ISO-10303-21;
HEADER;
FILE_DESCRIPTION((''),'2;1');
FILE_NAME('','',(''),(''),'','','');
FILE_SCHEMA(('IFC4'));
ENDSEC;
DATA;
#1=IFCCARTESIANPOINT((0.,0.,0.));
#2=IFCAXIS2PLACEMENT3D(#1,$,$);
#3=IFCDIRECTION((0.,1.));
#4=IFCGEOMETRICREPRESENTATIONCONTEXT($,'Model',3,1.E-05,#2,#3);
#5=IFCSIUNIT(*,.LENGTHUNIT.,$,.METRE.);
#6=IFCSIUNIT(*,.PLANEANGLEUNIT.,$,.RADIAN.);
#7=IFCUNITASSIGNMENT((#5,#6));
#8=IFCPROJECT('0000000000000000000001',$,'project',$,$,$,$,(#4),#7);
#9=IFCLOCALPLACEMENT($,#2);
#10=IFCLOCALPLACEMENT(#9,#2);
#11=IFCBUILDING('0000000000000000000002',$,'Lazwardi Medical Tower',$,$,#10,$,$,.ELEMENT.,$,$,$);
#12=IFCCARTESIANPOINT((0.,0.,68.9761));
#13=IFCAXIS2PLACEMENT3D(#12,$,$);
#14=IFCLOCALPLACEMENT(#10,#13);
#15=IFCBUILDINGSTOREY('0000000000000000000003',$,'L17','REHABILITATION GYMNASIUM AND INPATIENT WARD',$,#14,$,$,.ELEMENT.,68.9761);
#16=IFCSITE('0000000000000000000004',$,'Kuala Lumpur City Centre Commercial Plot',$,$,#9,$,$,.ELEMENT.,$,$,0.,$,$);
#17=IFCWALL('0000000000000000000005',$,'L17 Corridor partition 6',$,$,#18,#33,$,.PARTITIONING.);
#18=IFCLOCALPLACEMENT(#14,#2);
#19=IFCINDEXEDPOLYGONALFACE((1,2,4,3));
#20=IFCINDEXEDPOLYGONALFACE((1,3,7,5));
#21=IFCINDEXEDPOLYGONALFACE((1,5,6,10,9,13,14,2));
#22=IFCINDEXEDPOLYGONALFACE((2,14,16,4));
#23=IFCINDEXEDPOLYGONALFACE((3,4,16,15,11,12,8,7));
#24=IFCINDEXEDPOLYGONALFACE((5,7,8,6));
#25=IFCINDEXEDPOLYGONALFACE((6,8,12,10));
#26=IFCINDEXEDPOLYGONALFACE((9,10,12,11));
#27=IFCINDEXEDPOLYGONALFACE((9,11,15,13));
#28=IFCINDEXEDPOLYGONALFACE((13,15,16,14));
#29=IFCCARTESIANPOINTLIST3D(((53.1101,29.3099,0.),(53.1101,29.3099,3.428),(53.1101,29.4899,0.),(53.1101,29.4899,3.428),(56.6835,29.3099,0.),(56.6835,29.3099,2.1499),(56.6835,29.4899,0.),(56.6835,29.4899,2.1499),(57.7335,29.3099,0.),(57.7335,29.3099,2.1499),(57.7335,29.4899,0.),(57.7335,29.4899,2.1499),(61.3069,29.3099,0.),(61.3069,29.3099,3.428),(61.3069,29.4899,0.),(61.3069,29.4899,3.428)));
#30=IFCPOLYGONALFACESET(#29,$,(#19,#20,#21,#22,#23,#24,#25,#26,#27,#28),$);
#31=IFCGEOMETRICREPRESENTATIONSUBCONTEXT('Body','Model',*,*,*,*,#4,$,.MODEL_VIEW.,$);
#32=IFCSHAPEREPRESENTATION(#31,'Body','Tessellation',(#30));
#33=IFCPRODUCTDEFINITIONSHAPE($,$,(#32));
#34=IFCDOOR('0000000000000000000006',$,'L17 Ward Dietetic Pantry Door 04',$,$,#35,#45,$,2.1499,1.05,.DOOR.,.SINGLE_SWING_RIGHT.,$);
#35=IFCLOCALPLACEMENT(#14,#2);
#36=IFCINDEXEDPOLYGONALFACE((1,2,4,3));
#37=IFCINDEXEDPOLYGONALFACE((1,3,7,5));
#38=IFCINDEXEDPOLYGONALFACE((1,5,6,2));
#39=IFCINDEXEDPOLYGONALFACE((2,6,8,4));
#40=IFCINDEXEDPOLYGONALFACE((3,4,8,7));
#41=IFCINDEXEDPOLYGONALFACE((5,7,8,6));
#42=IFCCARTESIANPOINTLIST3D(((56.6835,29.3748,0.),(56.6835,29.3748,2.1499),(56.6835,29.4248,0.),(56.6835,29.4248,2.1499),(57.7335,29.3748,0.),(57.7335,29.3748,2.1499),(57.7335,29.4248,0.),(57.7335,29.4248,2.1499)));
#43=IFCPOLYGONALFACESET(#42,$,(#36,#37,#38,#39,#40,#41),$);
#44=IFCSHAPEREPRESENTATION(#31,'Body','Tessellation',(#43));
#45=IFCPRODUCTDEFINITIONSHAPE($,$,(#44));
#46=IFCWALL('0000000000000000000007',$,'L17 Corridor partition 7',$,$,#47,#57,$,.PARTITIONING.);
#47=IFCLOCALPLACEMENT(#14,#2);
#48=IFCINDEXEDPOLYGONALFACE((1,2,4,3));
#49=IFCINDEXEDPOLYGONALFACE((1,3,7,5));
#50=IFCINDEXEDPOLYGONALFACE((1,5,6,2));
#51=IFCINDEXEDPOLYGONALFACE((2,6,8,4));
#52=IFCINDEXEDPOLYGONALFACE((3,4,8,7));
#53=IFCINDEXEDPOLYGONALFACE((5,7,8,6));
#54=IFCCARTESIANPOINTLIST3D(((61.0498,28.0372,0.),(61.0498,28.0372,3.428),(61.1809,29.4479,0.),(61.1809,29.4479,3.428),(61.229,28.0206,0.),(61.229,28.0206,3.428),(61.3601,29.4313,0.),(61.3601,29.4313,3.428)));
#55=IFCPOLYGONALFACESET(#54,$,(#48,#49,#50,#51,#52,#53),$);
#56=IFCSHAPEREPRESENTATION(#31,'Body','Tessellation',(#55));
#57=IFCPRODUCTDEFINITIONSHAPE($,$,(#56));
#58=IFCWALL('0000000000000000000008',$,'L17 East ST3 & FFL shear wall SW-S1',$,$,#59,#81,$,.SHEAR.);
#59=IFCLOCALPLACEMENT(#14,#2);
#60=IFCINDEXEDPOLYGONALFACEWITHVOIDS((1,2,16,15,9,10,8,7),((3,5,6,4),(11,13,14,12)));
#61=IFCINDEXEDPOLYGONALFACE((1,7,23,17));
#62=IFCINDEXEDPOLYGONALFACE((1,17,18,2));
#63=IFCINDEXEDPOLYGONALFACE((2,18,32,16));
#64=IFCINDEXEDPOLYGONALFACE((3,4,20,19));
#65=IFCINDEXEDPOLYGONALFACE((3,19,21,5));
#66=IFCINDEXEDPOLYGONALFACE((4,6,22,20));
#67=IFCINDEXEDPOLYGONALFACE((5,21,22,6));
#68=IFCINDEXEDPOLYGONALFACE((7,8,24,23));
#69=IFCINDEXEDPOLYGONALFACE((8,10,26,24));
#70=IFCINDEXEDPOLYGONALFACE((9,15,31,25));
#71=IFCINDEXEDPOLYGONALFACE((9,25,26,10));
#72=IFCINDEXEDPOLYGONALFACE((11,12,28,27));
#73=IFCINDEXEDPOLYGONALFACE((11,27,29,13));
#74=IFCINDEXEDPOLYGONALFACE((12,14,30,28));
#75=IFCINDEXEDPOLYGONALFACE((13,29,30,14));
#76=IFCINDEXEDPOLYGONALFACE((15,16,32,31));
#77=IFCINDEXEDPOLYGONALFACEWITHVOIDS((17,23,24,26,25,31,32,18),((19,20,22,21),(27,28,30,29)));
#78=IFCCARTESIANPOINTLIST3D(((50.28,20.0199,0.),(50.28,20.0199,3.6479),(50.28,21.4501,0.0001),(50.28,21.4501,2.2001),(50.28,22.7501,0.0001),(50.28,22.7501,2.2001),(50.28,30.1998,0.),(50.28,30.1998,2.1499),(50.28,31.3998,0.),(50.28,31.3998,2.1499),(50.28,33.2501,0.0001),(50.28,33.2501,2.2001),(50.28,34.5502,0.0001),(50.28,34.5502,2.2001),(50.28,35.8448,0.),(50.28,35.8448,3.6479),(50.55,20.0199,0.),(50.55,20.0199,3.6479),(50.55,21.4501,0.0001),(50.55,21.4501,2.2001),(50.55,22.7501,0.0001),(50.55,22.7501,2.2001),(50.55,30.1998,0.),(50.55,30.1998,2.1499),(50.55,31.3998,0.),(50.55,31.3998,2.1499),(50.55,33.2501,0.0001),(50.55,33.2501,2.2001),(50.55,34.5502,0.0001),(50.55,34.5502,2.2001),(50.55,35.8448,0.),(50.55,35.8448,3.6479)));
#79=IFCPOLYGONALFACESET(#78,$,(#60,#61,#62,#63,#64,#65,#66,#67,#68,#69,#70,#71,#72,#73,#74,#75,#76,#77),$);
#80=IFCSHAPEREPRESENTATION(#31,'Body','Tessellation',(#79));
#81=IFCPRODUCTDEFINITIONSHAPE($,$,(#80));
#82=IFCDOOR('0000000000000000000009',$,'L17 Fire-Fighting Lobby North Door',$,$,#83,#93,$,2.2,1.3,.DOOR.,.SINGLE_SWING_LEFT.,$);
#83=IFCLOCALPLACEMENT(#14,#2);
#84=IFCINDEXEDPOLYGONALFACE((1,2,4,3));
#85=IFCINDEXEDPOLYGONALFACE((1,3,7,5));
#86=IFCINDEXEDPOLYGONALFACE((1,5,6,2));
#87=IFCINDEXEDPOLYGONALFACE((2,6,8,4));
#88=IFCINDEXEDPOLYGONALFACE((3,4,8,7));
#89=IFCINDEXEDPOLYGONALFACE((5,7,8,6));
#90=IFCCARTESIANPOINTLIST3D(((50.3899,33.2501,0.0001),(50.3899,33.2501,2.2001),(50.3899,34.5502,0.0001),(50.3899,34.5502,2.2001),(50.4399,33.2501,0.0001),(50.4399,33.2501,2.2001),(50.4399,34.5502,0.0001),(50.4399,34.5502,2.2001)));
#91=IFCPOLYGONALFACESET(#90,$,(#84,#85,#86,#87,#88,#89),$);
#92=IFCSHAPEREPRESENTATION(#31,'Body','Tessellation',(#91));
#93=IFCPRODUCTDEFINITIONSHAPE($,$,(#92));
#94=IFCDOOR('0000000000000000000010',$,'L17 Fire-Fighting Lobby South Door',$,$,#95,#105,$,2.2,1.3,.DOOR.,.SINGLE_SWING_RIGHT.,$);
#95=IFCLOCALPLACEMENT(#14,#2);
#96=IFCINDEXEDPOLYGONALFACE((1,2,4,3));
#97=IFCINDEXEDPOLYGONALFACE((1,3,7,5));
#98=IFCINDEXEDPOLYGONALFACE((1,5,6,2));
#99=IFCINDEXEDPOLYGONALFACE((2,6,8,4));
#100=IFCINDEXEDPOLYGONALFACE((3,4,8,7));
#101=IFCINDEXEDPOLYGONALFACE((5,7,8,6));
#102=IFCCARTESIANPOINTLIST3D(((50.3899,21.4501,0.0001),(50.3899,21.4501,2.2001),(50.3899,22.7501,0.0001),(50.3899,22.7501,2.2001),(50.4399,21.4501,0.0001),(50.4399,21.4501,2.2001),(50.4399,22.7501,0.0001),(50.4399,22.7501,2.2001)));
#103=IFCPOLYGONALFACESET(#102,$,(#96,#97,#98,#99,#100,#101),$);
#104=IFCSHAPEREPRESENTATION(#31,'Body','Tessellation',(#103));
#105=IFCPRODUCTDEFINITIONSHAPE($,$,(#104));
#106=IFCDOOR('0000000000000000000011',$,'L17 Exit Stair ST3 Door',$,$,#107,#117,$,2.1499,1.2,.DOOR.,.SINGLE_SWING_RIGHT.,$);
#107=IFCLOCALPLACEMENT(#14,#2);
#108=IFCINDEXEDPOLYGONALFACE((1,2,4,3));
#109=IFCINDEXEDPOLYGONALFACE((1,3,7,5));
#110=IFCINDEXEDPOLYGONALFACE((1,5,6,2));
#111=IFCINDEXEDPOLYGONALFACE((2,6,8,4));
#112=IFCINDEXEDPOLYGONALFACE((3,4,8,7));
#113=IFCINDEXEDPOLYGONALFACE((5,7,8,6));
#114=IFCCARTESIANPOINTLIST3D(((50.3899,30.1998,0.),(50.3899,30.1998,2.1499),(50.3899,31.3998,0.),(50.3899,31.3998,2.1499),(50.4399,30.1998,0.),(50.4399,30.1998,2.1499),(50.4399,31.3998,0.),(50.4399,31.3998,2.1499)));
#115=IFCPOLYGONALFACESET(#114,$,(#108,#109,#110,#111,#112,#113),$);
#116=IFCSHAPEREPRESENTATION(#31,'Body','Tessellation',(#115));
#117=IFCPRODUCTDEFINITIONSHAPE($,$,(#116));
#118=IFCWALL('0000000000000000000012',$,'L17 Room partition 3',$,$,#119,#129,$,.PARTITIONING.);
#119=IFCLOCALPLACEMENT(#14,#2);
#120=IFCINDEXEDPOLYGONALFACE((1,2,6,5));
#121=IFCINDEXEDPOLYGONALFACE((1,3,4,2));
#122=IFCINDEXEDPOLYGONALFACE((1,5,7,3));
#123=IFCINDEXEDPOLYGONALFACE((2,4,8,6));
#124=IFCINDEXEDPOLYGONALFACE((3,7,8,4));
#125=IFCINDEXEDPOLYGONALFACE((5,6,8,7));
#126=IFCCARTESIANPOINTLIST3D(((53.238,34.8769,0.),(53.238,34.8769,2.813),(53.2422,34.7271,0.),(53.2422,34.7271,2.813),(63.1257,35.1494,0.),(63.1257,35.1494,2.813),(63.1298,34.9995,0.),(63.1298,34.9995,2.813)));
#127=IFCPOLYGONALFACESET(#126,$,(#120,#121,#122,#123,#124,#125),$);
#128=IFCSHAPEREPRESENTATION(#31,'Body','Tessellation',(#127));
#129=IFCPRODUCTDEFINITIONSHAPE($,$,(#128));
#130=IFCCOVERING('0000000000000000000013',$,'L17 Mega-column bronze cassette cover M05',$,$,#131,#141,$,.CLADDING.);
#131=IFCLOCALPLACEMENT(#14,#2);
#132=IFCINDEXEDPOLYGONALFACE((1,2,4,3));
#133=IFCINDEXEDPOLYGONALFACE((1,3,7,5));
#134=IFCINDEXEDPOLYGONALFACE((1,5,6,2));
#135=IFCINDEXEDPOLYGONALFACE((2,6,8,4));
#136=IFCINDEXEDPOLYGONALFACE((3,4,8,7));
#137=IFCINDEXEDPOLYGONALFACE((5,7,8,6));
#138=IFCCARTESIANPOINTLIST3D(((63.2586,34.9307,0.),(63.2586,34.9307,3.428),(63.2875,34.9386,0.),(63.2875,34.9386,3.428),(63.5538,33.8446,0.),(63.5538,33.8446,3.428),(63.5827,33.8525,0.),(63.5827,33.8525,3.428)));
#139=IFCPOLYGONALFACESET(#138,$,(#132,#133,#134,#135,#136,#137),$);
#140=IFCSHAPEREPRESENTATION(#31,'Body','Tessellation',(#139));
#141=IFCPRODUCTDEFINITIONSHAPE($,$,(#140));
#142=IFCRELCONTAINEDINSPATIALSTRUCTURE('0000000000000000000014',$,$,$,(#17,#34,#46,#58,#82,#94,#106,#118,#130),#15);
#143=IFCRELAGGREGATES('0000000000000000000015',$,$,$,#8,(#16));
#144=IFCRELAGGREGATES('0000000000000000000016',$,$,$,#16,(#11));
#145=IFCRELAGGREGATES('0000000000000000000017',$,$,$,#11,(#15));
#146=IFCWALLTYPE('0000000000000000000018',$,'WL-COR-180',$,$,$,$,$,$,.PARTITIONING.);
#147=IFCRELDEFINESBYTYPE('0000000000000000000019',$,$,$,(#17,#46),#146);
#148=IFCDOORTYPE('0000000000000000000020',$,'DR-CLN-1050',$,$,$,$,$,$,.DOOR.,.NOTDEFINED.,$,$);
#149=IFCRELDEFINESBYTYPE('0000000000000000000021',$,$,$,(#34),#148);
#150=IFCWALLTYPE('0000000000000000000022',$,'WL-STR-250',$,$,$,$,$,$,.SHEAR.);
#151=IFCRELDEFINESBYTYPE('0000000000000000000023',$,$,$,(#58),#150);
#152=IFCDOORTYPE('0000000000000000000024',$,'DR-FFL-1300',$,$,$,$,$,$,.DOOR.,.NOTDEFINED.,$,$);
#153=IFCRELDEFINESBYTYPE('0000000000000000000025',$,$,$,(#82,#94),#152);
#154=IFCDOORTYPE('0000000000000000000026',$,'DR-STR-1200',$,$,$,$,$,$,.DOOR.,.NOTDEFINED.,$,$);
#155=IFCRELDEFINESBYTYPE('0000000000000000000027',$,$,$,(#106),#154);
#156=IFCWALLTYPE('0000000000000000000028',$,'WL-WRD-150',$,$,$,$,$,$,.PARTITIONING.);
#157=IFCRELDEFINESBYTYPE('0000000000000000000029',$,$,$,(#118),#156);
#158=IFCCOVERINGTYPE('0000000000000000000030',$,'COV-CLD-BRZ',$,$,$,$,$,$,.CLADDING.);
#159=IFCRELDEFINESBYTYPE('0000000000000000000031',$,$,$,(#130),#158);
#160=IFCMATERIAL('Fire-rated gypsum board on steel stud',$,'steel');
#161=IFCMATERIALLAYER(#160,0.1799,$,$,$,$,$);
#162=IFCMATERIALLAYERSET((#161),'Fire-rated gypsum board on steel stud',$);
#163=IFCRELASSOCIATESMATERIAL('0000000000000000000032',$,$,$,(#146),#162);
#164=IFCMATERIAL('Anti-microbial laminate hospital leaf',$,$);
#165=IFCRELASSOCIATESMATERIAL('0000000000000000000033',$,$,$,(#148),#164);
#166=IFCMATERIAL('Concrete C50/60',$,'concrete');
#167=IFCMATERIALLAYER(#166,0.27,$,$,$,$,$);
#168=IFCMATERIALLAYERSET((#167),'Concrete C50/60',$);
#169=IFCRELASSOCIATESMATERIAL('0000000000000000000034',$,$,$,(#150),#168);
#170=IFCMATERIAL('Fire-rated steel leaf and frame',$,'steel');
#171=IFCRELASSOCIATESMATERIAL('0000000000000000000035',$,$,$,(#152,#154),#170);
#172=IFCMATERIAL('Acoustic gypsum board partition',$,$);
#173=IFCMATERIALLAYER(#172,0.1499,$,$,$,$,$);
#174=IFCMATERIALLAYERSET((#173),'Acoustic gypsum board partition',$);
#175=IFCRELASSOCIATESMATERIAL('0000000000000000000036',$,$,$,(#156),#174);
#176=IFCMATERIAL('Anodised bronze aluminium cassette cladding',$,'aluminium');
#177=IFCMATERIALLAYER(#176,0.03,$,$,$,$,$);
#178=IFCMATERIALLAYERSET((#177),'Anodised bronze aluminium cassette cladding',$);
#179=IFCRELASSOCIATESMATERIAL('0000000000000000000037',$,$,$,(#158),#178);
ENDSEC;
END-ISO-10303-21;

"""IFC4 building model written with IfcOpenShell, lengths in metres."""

from ifc_helpers import new_model, si_unit, direction, frame, frame_2d, origin, origin_2d, place, context, subcontext, project, spatial, rectangle, extrude, material, layer, layer_set, type_object, element, fill, save


model = new_model("IFC4")

# Units and contexts
model_context = context("Model", 3, precision=1e-05, world=origin(), true_north=direction((0.0, 1.0)))
body_context = subcontext(model_context, "Body", "Model", "MODEL_VIEW")
ifc_project = project(units=[si_unit("LENGTHUNIT", "METRE"), si_unit("PLANEANGLEUNIT", "RADIAN")], contexts=[model_context])

# Site, building, storey
site_placement = place(None, origin())
site = spatial("IfcSite", under=ifc_project, at=site_placement, Name="Kuala Lumpur City Centre Commercial Plot", CompositionType="ELEMENT", RefElevation=0.0)
building_placement = place(site_placement, origin())
building = spatial("IfcBuilding", under=site, at=building_placement, Name="Lazwardi Medical Tower", CompositionType="ELEMENT")
storey_placement = place(building_placement, frame((0.0, 0.0, 68.9761)))
storey = spatial("IfcBuildingStorey", under=building, at=storey_placement, Name="L17", Description="REHABILITATION GYMNASIUM AND INPATIENT WARD", CompositionType="ELEMENT", Elevation=68.9761)

# Shared definitions
ifc_material_1 = material(Name="Fire-rated gypsum board on steel stud", Category="steel")
ifc_layer_1 = layer(ifc_material_1, 0.1799)
ifc_layer_set_1 = layer_set([ifc_layer_1], Name="Fire-rated gypsum board on steel stud")
wall_type_1 = type_object("IfcWallType", Name="WL-COR-180", PredefinedType="PARTITIONING", material=ifc_layer_set_1)

# Wall, opening, door
wall_1_placement = place(storey_placement, frame((53.1101, 29.3999, 0.0), z_axis=(0.0, 0.0, 1.0), x_axis=(1.0, 0.0, 0.0)))
wall_1 = element("IfcWall", 1, at=wall_1_placement, inside=storey, type_object=wall_type_1, Name="L17 Corridor partition 6", PredefinedType="PARTITIONING", context=body_context, shape_type="SweptSolid", body=[
    extrude(rectangle(XDim=8.1968, YDim=0.1799, at=frame_2d((4.0984, 0.0))), origin(), (0.0, 0.0, 1.0), 3.428),
])
opening_1_placement = place(wall_1_placement, frame((3.5735, 0.0, 0.0)))
opening_1 = element("IfcOpeningElement", 2, at=opening_1_placement, cuts=wall_1, PredefinedType="OPENING", context=body_context, shape_type="SweptSolid", body=[
    extrude(rectangle(XDim=1.05, YDim=2.1499, at=frame_2d((0.5249, 1.075))), frame((0.0, 0.0999, 0.0), z_axis=(0.0, -1.0, 0.0), x_axis=(1.0, 0.0, 0.0)), (0.0, 0.0, 1.0), 0.2),
])
ifc_material_2 = material(Name="Anti-microbial laminate hospital leaf")
door_type_1 = type_object("IfcDoorType", Name="DR-CLN-1050", OperationType="NOTDEFINED", PredefinedType="DOOR", material=ifc_material_2)
door_1_placement = place(opening_1_placement, origin())
door_1 = element("IfcDoor", 3, at=door_1_placement, inside=storey, type_object=door_type_1, Name="L17 Ward Dietetic Pantry Door 04", OperationType="SINGLE_SWING_RIGHT", OverallHeight=2.1499, OverallWidth=1.05, PredefinedType="DOOR", context=body_context, shape_type="SweptSolid", body=[
    extrude(rectangle(XDim=1.05, YDim=2.1499, at=frame_2d((0.5249, 1.075))), frame((0.0, 0.0249, 0.0), z_axis=(0.0, -1.0, 0.0), x_axis=(1.0, 0.0, 0.0)), (0.0, 0.0, 1.0), 0.05),
])
fill(opening_1, door_1)

# Wall
wall_2_placement = place(storey_placement, frame((61.2705, 29.4397, 0.0), z_axis=(0.0, 0.0, 1.0), x_axis=(-0.09254, -0.995709, 0.0)))
element("IfcWall", 4, at=wall_2_placement, inside=storey, type_object=wall_type_1, Name="L17 Corridor partition 7", PredefinedType="PARTITIONING", context=body_context, shape_type="SweptSolid", body=[
    extrude(rectangle(XDim=1.4167, YDim=0.1799, at=frame_2d((0.7085, 0.0))), origin(), (0.0, 0.0, 1.0), 3.428),
])

# Wall, openings, doors
ifc_material_3 = material(Name="Concrete C50/60", Category="concrete")
ifc_layer_2 = layer(ifc_material_3, 0.27)
ifc_layer_set_2 = layer_set([ifc_layer_2], Name="Concrete C50/60")
wall_type_2 = type_object("IfcWallType", Name="WL-STR-250", PredefinedType="SHEAR", material=ifc_layer_set_2)
wall_3_placement = place(storey_placement, frame((50.415, 35.845, 0.0), z_axis=(0.0, 0.0, 1.0), x_axis=(0.0, -1.0, 0.0)))
wall_3 = element("IfcWall", 5, at=wall_3_placement, inside=storey, type_object=wall_type_2, Name="L17 East ST3 & FFL shear wall SW-S1", PredefinedType="SHEAR", context=body_context, shape_type="SweptSolid", body=[
    extrude(rectangle(XDim=15.825, YDim=0.27, at=frame_2d((7.9126, 0.0))), origin(), (0.0, 0.0, 1.0), 3.6479),
])
opening_2_placement = place(wall_3_placement, frame((4.4451, 0.0, 0.0)))
opening_2 = element("IfcOpeningElement", 6, at=opening_2_placement, cuts=wall_3, PredefinedType="OPENING", context=body_context, shape_type="SweptSolid", body=[
    extrude(rectangle(XDim=1.2, YDim=2.1499, at=frame_2d((0.6001, 1.075))), frame((0.0, 0.145, 0.0), z_axis=(0.0, -1.0, 0.0), x_axis=(1.0, 0.0, 0.0)), (0.0, 0.0, 1.0), 0.29),
])
opening_3_placement = place(wall_3_placement, frame((1.2949, 0.0, 0.0)))
opening_3 = element("IfcOpeningElement", 7, at=opening_3_placement, cuts=wall_3, PredefinedType="OPENING", context=body_context, shape_type="SweptSolid", body=[
    extrude(rectangle(XDim=1.3, YDim=2.2, at=frame_2d((0.6499, 1.1001))), frame((0.0, 0.145, 0.0), z_axis=(0.0, -1.0, 0.0), x_axis=(1.0, 0.0, 0.0)), (0.0, 0.0, 1.0), 0.29),
])
opening_4_placement = place(wall_3_placement, frame((13.095, 0.0, 0.0)))
opening_4 = element("IfcOpeningElement", 8, at=opening_4_placement, cuts=wall_3, PredefinedType="OPENING", context=body_context, shape_type="SweptSolid", body=[
    extrude(rectangle(XDim=1.3, YDim=2.2, at=frame_2d((0.6499, 1.1001))), frame((0.0, 0.145, 0.0), z_axis=(0.0, -1.0, 0.0), x_axis=(1.0, 0.0, 0.0)), (0.0, 0.0, 1.0), 0.29),
])
ifc_material_4 = material(Name="Fire-rated steel leaf and frame", Category="steel")
door_type_2 = type_object("IfcDoorType", Name="DR-FFL-1300", OperationType="NOTDEFINED", PredefinedType="DOOR", material=ifc_material_4)
door_2_placement = place(opening_3_placement, origin())
door_2 = element("IfcDoor", 9, at=door_2_placement, inside=storey, type_object=door_type_2, Name="L17 Fire-Fighting Lobby North Door", OperationType="SINGLE_SWING_LEFT", OverallHeight=2.2, OverallWidth=1.3, PredefinedType="DOOR", context=body_context, shape_type="SweptSolid", body=[
    extrude(rectangle(XDim=1.3, YDim=2.2, at=frame_2d((0.6499, 1.1001))), frame((0.0, 0.0249, 0.0), z_axis=(0.0, -1.0, 0.0), x_axis=(1.0, 0.0, 0.0)), (0.0, 0.0, 1.0), 0.05),
])
fill(opening_3, door_2)
door_3_placement = place(opening_4_placement, origin())
door_3 = element("IfcDoor", 10, at=door_3_placement, inside=storey, type_object=door_type_2, Name="L17 Fire-Fighting Lobby South Door", OperationType="SINGLE_SWING_RIGHT", OverallHeight=2.2, OverallWidth=1.3, PredefinedType="DOOR", context=body_context, shape_type="SweptSolid", body=[
    extrude(rectangle(XDim=1.3, YDim=2.2, at=frame_2d((0.6499, 1.1001))), frame((0.0, 0.0249, 0.0), z_axis=(0.0, -1.0, 0.0), x_axis=(1.0, 0.0, 0.0)), (0.0, 0.0, 1.0), 0.05),
])
fill(opening_4, door_3)
door_type_3 = type_object("IfcDoorType", Name="DR-STR-1200", OperationType="NOTDEFINED", PredefinedType="DOOR", material=ifc_material_4)
door_4_placement = place(opening_2_placement, origin())
door_4 = element("IfcDoor", 11, at=door_4_placement, inside=storey, type_object=door_type_3, Name="L17 Exit Stair ST3 Door", OperationType="SINGLE_SWING_RIGHT", OverallHeight=2.1499, OverallWidth=1.2, PredefinedType="DOOR", context=body_context, shape_type="SweptSolid", body=[
    extrude(rectangle(XDim=1.2, YDim=2.1499, at=frame_2d((0.6001, 1.075))), frame((0.0, 0.0249, 0.0), z_axis=(0.0, -1.0, 0.0), x_axis=(1.0, 0.0, 0.0)), (0.0, 0.0, 1.0), 0.05),
])
fill(opening_2, door_4)

# Wall
ifc_material_5 = material(Name="Acoustic gypsum board partition")
ifc_layer_3 = layer(ifc_material_5, 0.1499)
ifc_layer_set_3 = layer_set([ifc_layer_3], Name="Acoustic gypsum board partition")
wall_type_3 = type_object("IfcWallType", Name="WL-WRD-150", PredefinedType="PARTITIONING", material=ifc_layer_set_3)
wall_4_placement = place(storey_placement, frame((53.24, 34.802, 0.0), z_axis=(0.0, 0.0, 1.0), x_axis=(0.999621, 0.027545, 0.0)))
element("IfcWall", 12, at=wall_4_placement, inside=storey, type_object=wall_type_3, Name="L17 Room partition 3", PredefinedType="PARTITIONING", context=body_context, shape_type="SweptSolid", body=[
    extrude(rectangle(XDim=9.8914, YDim=0.1499, at=frame_2d((4.9458, 0.0))), origin(), (0.0, 0.0, 1.0), 2.813),
])

# Covering
ifc_material_6 = material(Name="Anodised bronze aluminium cassette cladding", Category="aluminium")
ifc_layer_4 = layer(ifc_material_6, 0.03)
ifc_layer_set_4 = layer_set([ifc_layer_4], Name="Anodised bronze aluminium cassette cladding")
covering_type = type_object("IfcCoveringType", Name="COV-CLD-BRZ", PredefinedType="CLADDING", material=ifc_layer_set_4)
covering_placement = place(storey_placement, frame((63.4207, 34.3916, 0.0), z_axis=(0.0, 0.0, 1.0), x_axis=(-0.262283, 0.964991, 0.0)))
element("IfcCovering", 13, at=covering_placement, inside=storey, type_object=covering_type, Name="L17 Mega-column bronze cassette cover M05", PredefinedType="CLADDING", context=body_context, shape_type="SweptSolid", body=[
    extrude(rectangle(XDim=1.1255, YDim=0.03, at=origin_2d()), origin(), (0.0, 0.0, 1.0), 3.428),
])

save(model, "model.ifc")
